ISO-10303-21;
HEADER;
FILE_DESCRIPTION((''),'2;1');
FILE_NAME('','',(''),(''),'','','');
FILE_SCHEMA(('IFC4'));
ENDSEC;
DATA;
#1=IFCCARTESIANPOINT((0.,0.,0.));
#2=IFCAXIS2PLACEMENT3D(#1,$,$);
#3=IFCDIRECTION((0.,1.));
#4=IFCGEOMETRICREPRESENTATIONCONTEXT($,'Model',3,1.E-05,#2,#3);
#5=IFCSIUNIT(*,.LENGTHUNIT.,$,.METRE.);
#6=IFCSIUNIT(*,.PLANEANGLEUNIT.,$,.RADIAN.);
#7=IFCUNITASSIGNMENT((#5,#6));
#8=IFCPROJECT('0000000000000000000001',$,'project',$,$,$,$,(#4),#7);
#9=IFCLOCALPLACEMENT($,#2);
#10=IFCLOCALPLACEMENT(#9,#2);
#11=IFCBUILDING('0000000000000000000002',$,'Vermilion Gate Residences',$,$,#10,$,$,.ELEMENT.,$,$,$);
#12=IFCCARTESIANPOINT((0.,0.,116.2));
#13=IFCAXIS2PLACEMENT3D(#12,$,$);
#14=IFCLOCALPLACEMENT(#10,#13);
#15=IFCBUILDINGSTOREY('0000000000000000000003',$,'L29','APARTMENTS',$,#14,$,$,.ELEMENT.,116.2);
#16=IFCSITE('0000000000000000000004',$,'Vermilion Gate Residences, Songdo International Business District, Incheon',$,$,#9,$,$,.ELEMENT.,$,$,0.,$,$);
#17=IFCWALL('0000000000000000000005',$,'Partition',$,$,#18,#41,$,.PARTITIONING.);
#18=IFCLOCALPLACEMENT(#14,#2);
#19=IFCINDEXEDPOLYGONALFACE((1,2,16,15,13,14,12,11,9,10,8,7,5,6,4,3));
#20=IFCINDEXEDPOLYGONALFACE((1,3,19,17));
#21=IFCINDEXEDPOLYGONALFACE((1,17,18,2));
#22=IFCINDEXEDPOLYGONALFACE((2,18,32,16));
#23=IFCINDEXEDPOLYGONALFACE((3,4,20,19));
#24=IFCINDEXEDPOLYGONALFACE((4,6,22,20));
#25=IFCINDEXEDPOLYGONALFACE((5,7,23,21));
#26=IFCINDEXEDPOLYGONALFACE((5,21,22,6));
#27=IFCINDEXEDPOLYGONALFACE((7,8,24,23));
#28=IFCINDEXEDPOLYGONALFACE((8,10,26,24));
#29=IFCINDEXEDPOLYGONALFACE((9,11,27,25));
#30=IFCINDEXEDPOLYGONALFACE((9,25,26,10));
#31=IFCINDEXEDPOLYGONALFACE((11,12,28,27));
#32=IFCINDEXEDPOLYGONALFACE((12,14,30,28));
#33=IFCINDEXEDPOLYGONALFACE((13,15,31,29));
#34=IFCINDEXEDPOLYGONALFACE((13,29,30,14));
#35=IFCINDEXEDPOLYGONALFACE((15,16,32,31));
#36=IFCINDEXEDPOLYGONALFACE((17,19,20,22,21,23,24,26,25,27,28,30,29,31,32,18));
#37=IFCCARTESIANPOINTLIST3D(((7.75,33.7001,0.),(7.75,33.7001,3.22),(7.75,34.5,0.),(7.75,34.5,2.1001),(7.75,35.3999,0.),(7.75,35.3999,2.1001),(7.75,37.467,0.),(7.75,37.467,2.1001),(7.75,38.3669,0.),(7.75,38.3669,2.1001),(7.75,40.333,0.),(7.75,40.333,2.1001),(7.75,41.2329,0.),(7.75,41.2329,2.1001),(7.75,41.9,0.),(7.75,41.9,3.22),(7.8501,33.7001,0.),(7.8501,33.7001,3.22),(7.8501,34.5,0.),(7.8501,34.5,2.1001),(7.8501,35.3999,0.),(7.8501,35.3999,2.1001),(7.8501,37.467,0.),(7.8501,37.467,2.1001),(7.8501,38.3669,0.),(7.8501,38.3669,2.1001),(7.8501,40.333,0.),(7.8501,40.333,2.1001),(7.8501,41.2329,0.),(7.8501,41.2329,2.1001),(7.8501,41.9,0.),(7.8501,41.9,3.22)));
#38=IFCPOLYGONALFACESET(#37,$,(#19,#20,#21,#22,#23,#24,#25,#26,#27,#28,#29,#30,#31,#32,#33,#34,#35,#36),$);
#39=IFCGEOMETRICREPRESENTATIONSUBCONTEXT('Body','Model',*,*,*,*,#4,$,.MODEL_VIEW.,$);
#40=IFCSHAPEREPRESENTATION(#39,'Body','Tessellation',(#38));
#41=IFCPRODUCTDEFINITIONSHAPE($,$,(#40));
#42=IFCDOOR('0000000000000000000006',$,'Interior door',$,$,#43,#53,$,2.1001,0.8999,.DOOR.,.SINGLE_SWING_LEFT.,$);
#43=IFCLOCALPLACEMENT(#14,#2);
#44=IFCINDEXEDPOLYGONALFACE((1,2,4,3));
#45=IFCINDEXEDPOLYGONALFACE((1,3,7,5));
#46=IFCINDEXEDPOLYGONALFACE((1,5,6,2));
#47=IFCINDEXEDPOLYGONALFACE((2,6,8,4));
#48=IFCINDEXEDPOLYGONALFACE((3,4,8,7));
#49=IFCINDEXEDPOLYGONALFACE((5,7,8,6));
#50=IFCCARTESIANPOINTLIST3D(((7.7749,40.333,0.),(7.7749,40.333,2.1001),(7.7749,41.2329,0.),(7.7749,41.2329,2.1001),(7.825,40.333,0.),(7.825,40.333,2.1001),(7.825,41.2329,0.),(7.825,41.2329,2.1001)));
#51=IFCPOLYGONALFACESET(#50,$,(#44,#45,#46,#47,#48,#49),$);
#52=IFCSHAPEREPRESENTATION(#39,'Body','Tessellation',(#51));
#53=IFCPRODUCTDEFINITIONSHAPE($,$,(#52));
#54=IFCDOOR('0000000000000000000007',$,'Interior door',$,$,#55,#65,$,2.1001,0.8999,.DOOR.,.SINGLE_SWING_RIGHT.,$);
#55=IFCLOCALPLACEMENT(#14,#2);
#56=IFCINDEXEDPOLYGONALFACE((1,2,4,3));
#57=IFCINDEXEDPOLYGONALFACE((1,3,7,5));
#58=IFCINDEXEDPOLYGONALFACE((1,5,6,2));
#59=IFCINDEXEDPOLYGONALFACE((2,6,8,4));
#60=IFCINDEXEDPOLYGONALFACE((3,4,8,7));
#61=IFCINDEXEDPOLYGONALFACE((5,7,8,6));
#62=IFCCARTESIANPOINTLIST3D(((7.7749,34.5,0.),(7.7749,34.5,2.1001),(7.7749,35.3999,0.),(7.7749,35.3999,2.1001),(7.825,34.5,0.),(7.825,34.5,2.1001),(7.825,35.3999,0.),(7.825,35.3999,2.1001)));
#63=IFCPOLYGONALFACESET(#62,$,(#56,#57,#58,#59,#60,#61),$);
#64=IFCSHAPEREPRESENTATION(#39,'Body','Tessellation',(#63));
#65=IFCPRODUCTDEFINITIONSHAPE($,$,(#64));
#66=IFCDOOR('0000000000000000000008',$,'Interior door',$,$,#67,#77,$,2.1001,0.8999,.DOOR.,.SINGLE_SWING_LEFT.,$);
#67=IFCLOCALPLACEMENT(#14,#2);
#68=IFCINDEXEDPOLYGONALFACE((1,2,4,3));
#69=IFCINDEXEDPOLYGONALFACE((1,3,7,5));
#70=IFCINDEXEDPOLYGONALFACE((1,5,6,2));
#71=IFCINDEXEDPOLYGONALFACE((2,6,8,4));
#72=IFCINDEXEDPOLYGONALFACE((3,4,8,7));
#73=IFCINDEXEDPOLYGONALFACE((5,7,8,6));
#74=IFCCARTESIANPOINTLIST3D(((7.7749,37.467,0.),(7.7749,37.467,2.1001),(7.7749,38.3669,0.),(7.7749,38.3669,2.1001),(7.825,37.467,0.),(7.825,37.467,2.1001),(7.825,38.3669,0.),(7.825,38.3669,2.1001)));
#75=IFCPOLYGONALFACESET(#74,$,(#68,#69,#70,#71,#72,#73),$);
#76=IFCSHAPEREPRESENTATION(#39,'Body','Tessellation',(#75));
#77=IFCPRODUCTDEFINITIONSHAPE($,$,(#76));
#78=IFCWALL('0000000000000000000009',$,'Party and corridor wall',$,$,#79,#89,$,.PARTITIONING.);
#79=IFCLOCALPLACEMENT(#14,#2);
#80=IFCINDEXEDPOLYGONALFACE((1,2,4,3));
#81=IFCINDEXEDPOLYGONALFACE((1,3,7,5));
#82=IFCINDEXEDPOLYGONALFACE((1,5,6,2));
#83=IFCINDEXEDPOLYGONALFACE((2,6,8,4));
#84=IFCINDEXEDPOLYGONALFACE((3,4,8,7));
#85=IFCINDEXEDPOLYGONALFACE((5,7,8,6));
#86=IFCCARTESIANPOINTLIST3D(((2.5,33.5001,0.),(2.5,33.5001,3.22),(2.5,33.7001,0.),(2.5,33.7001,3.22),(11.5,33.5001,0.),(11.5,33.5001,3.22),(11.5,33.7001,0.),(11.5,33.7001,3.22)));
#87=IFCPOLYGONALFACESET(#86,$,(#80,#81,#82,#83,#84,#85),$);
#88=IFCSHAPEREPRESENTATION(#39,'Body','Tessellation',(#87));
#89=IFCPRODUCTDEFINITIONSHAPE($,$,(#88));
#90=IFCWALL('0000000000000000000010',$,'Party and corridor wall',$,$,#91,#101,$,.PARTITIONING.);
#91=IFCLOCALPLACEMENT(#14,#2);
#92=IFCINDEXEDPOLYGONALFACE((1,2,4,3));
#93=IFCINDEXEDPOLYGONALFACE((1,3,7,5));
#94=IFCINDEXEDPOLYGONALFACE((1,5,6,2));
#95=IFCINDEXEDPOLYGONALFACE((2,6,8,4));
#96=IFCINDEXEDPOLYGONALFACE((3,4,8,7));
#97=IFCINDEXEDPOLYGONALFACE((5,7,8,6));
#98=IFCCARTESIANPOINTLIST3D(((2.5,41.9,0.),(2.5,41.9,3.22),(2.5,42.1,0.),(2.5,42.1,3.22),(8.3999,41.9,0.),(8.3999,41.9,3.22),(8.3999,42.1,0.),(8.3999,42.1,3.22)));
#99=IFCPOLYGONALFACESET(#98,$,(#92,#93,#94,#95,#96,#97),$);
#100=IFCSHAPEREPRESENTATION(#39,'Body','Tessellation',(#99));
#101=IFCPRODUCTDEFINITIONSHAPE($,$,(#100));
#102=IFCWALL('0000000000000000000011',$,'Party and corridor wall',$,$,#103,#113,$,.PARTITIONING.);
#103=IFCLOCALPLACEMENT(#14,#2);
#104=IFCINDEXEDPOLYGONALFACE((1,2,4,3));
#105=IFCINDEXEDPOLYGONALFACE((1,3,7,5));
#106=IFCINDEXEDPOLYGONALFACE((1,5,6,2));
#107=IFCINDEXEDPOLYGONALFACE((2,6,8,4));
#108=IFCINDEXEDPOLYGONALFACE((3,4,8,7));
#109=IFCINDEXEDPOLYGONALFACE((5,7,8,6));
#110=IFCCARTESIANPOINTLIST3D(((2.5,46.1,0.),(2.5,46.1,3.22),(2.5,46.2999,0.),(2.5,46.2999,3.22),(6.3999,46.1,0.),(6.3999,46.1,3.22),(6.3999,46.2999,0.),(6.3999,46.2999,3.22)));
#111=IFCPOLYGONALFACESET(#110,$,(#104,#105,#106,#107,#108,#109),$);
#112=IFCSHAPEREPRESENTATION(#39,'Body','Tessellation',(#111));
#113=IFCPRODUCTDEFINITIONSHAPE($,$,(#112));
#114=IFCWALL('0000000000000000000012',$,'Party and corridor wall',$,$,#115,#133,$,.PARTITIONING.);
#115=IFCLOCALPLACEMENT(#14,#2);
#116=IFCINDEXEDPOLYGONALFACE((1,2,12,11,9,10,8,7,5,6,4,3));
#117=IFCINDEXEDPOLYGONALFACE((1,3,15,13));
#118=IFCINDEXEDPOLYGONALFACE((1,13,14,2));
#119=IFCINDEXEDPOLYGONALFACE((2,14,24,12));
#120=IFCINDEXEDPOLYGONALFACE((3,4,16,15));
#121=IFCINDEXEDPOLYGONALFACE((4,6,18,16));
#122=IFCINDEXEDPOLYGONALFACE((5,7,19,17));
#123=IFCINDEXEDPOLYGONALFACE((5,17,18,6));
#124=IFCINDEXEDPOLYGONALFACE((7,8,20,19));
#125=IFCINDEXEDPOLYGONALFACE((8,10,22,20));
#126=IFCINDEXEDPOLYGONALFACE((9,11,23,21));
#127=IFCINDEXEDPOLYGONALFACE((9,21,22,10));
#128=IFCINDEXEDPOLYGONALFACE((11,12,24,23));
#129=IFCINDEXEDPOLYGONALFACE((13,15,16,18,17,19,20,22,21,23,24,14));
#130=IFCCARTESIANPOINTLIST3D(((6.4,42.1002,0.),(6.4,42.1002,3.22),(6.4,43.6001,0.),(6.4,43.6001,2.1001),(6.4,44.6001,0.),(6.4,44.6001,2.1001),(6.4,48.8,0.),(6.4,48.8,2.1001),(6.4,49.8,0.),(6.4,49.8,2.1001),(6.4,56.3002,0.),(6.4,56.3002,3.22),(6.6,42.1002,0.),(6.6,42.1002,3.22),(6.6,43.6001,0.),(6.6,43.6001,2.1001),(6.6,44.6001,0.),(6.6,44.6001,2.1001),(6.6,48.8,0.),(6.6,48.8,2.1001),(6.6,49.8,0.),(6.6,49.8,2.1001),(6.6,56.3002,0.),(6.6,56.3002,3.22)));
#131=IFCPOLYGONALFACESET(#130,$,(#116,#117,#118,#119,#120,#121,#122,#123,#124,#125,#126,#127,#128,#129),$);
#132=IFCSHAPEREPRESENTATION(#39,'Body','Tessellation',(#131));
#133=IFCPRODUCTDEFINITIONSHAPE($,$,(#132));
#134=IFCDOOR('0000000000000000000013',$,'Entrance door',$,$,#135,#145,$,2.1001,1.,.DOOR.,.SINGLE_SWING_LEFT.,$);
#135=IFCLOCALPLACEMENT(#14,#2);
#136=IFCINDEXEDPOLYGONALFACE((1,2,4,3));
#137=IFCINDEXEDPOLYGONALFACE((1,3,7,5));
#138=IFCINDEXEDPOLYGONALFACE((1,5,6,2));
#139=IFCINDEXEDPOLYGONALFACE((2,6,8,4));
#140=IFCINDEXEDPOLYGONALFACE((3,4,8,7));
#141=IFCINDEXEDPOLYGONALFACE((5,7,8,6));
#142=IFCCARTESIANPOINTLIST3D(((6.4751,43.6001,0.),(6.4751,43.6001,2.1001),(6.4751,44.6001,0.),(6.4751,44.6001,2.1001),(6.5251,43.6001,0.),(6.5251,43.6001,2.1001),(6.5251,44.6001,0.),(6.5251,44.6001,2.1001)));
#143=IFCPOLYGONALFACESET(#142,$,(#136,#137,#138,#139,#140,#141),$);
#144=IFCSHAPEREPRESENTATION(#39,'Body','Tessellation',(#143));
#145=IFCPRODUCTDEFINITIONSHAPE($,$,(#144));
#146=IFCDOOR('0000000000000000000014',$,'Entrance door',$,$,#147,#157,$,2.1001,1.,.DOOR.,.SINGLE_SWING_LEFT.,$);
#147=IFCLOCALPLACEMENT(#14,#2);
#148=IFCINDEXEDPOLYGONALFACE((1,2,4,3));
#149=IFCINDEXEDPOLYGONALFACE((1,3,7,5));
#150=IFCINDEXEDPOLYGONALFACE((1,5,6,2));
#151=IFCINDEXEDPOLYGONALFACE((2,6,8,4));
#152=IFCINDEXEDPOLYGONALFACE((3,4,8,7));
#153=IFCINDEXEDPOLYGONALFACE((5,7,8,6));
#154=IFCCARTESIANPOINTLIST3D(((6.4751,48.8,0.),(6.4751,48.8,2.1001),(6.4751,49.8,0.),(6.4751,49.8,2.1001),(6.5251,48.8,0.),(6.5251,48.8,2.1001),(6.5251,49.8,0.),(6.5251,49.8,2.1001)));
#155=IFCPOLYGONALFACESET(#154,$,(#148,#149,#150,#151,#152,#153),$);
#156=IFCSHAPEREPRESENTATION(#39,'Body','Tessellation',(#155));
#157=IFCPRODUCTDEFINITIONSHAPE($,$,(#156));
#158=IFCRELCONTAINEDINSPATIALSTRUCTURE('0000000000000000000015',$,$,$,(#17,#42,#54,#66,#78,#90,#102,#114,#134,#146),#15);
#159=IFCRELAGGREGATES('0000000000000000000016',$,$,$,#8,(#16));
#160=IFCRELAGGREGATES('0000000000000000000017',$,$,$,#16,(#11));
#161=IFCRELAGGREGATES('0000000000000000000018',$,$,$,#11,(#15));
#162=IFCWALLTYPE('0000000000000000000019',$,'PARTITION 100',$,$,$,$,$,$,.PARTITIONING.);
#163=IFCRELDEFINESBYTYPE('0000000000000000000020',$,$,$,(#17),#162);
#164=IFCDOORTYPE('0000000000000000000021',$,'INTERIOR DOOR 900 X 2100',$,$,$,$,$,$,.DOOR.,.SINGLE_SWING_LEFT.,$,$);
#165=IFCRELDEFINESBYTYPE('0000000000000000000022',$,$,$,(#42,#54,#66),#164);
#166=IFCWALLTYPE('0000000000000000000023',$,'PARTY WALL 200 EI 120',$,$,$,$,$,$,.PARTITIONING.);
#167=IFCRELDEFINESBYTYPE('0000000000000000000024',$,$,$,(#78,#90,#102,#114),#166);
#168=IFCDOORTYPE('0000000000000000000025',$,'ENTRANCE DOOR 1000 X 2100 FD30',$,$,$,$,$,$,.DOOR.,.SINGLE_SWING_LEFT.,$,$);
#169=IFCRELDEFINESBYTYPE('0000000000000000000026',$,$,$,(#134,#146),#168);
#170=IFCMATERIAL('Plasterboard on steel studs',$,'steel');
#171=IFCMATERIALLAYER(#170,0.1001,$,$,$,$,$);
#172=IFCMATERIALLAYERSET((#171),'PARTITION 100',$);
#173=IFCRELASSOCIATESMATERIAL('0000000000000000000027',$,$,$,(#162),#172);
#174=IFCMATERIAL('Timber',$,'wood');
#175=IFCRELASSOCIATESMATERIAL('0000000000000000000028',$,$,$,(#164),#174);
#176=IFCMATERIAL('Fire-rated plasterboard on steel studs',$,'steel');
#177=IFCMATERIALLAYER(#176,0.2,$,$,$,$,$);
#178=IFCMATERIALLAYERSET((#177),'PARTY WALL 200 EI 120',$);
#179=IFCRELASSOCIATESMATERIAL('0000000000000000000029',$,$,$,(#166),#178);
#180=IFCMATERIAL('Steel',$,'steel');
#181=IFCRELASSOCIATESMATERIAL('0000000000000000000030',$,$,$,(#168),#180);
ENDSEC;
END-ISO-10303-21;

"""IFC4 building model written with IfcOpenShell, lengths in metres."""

from ifc_helpers import new_model, si_unit, direction, frame, frame_2d, origin, place, context, subcontext, project, spatial, rectangle, extrude, material, layer, layer_set, type_object, element, fill, save


model = new_model("IFC4")

# Units and contexts
model_context = context("Model", 3, precision=1e-05, world=origin(), true_north=direction((0.0, 1.0)))
body_context = subcontext(model_context, "Body", "Model", "MODEL_VIEW")
ifc_project = project(units=[si_unit("LENGTHUNIT", "METRE"), si_unit("PLANEANGLEUNIT", "RADIAN")], contexts=[model_context])

# Site, building, storey
site_placement = place(None, origin())
site = spatial("IfcSite", under=ifc_project, at=site_placement, Name="Vermilion Gate Residences, Songdo International Business District, Incheon", CompositionType="ELEMENT", RefElevation=0.0)
building_placement = place(site_placement, origin())
building = spatial("IfcBuilding", under=site, at=building_placement, Name="Vermilion Gate Residences", CompositionType="ELEMENT")
storey_placement = place(building_placement, frame((0.0, 0.0, 116.2)))
storey = spatial("IfcBuildingStorey", under=building, at=storey_placement, Name="L29", Description="APARTMENTS", CompositionType="ELEMENT", Elevation=116.2)

# Shared definitions
ifc_material_1 = material(Name="Plasterboard on steel studs", Category="steel")
ifc_layer_1 = layer(ifc_material_1, 0.1001)
ifc_layer_set_1 = layer_set([ifc_layer_1], Name="PARTITION 100")
wall_type_1 = type_object("IfcWallType", Name="PARTITION 100", PredefinedType="PARTITIONING", material=ifc_layer_set_1)

# Wall, openings, doors
ifc_material_2 = material(Name="Timber", Category="wood")
door_type_1 = type_object("IfcDoorType", Name="INTERIOR DOOR 900 X 2100", OperationType="SINGLE_SWING_LEFT", PredefinedType="DOOR", material=ifc_material_2)
wall_1_placement = place(storey_placement, frame((7.8, 33.7, 0.0), z_axis=(0.0, 0.0, 1.0), x_axis=(0.0, 1.0, 0.0)))
wall_1 = element("IfcWall", 1, at=wall_1_placement, inside=storey, type_object=wall_type_1, Name="Partition", PredefinedType="PARTITIONING", context=body_context, shape_type="SweptSolid", body=[
    extrude(rectangle(XDim=8.2, YDim=0.1001, at=frame_2d((4.1001, 0.0))), origin(), (0.0, 0.0, 1.0), 3.22),
])
opening_1_placement = place(wall_1_placement, frame((6.6331, 0.0, 0.0)))
opening_1 = element("IfcOpeningElement", 2, at=opening_1_placement, cuts=wall_1, PredefinedType="OPENING", context=body_context, shape_type="SweptSolid", body=[
    extrude(rectangle(XDim=0.8999, YDim=2.1001, at=frame_2d((0.45, 1.05))), frame((0.0, 0.0601, 0.0), z_axis=(0.0, -1.0, 0.0), x_axis=(1.0, 0.0, 0.0)), (0.0, 0.0, 1.0), 0.1201),
])
opening_2_placement = place(wall_1_placement, frame((0.8, 0.0, 0.0)))
opening_2 = element("IfcOpeningElement", 3, at=opening_2_placement, cuts=wall_1, PredefinedType="OPENING", context=body_context, shape_type="SweptSolid", body=[
    extrude(rectangle(XDim=0.8999, YDim=2.1001, at=frame_2d((0.45, 1.05))), frame((0.0, 0.0601, 0.0), z_axis=(0.0, -1.0, 0.0), x_axis=(1.0, 0.0, 0.0)), (0.0, 0.0, 1.0), 0.1201),
])
opening_3_placement = place(wall_1_placement, frame((3.7671, 0.0, 0.0)))
opening_3 = element("IfcOpeningElement", 4, at=opening_3_placement, cuts=wall_1, PredefinedType="OPENING", context=body_context, shape_type="SweptSolid", body=[
    extrude(rectangle(XDim=0.8999, YDim=2.1001, at=frame_2d((0.45, 1.05))), frame((0.0, 0.0601, 0.0), z_axis=(0.0, -1.0, 0.0), x_axis=(1.0, 0.0, 0.0)), (0.0, 0.0, 1.0), 0.1201),
])
door_1_placement = place(opening_1_placement, frame((0.8999, 0.0, 0.0), z_axis=(0.0, 0.0, 1.0), x_axis=(-1.0, 0.0, 0.0)))
door_1 = element("IfcDoor", 5, at=door_1_placement, inside=storey, type_object=door_type_1, Name="Interior door", OperationType="SINGLE_SWING_LEFT", OverallHeight=2.1001, OverallWidth=0.8999, PredefinedType="DOOR", context=body_context, shape_type="SweptSolid", body=[
    extrude(rectangle(XDim=0.8999, YDim=2.1001, at=frame_2d((0.45, 1.05))), frame((0.0, 0.0249, 0.0), z_axis=(0.0, -1.0, 0.0), x_axis=(1.0, 0.0, 0.0)), (0.0, 0.0, 1.0), 0.05),
])
fill(opening_1, door_1)
door_2_placement = place(opening_2_placement, frame((0.8999, 0.0, 0.0), z_axis=(0.0, 0.0, 1.0), x_axis=(-1.0, 0.0, 0.0)))
door_2 = element("IfcDoor", 6, at=door_2_placement, inside=storey, type_object=door_type_1, Name="Interior door", OperationType="SINGLE_SWING_RIGHT", OverallHeight=2.1001, OverallWidth=0.8999, PredefinedType="DOOR", context=body_context, shape_type="SweptSolid", body=[
    extrude(rectangle(XDim=0.8999, YDim=2.1001, at=frame_2d((0.45, 1.05))), frame((0.0, 0.0249, 0.0), z_axis=(0.0, -1.0, 0.0), x_axis=(1.0, 0.0, 0.0)), (0.0, 0.0, 1.0), 0.05),
])
fill(opening_2, door_2)
door_3_placement = place(opening_3_placement, frame((0.8999, 0.0, 0.0), z_axis=(0.0, 0.0, 1.0), x_axis=(-1.0, 0.0, 0.0)))
door_3 = element("IfcDoor", 7, at=door_3_placement, inside=storey, type_object=door_type_1, Name="Interior door", OperationType="SINGLE_SWING_LEFT", OverallHeight=2.1001, OverallWidth=0.8999, PredefinedType="DOOR", context=body_context, shape_type="SweptSolid", body=[
    extrude(rectangle(XDim=0.8999, YDim=2.1001, at=frame_2d((0.45, 1.05))), frame((0.0, 0.0249, 0.0), z_axis=(0.0, -1.0, 0.0), x_axis=(1.0, 0.0, 0.0)), (0.0, 0.0, 1.0), 0.05),
])
fill(opening_3, door_3)

# Walls
ifc_material_3 = material(Name="Fire-rated plasterboard on steel studs", Category="steel")
ifc_layer_2 = layer(ifc_material_3, 0.2)
ifc_layer_set_2 = layer_set([ifc_layer_2], Name="PARTY WALL 200 EI 120")
wall_type_2 = type_object("IfcWallType", Name="PARTY WALL 200 EI 120", PredefinedType="PARTITIONING", material=ifc_layer_set_2)
wall_2_placement = place(storey_placement, frame((2.5, 33.6001, 0.0), z_axis=(0.0, 0.0, 1.0), x_axis=(1.0, 0.0, 0.0)))
element("IfcWall", 8, at=wall_2_placement, inside=storey, type_object=wall_type_2, Name="Party and corridor wall", PredefinedType="PARTITIONING", context=body_context, shape_type="SweptSolid", body=[
    extrude(rectangle(XDim=9.0, YDim=0.2, at=frame_2d((4.5, 0.0))), origin(), (0.0, 0.0, 1.0), 3.22),
])
wall_3_placement = place(storey_placement, frame((2.5, 42.0, 0.0), z_axis=(0.0, 0.0, 1.0), x_axis=(1.0, 0.0, 0.0)))
element("IfcWall", 9, at=wall_3_placement, inside=storey, type_object=wall_type_2, Name="Party and corridor wall", PredefinedType="PARTITIONING", context=body_context, shape_type="SweptSolid", body=[
    extrude(rectangle(XDim=5.8999, YDim=0.2, at=frame_2d((2.95, 0.0))), origin(), (0.0, 0.0, 1.0), 3.22),
])
wall_4_placement = place(storey_placement, frame((2.5, 46.2, 0.0), z_axis=(0.0, 0.0, 1.0), x_axis=(1.0, 0.0, 0.0)))
element("IfcWall", 10, at=wall_4_placement, inside=storey, type_object=wall_type_2, Name="Party and corridor wall", PredefinedType="PARTITIONING", context=body_context, shape_type="SweptSolid", body=[
    extrude(rectangle(XDim=3.8999, YDim=0.2, at=frame_2d((1.95, 0.0))), origin(), (0.0, 0.0, 1.0), 3.22),
])

# Wall, openings, doors
wall_5_placement = place(storey_placement, frame((6.5, 42.1001, 0.0), z_axis=(0.0, 0.0, 1.0), x_axis=(0.0, 1.0, 0.0)))
wall_5 = element("IfcWall", 11, at=wall_5_placement, inside=storey, type_object=wall_type_2, Name="Party and corridor wall", PredefinedType="PARTITIONING", context=body_context, shape_type="SweptSolid", body=[
    extrude(rectangle(XDim=14.2, YDim=0.2, at=frame_2d((7.1001, 0.0))), origin(), (0.0, 0.0, 1.0), 3.22),
])
opening_4_placement = place(wall_5_placement, frame((1.5, 0.0, 0.0)))
opening_4 = element("IfcOpeningElement", 12, at=opening_4_placement, cuts=wall_5, PredefinedType="OPENING", context=body_context, shape_type="SweptSolid", body=[
    extrude(rectangle(XDim=1.0, YDim=2.1001, at=frame_2d((0.5, 1.05))), frame((0.0, 0.1099, 0.0), z_axis=(0.0, -1.0, 0.0), x_axis=(1.0, 0.0, 0.0)), (0.0, 0.0, 1.0), 0.22),
])
opening_5_placement = place(wall_5_placement, frame((6.7, 0.0, 0.0)))
opening_5 = element("IfcOpeningElement", 13, at=opening_5_placement, cuts=wall_5, PredefinedType="OPENING", context=body_context, shape_type="SweptSolid", body=[
    extrude(rectangle(XDim=1.0, YDim=2.1001, at=frame_2d((0.5, 1.05))), frame((0.0, 0.1099, 0.0), z_axis=(0.0, -1.0, 0.0), x_axis=(1.0, 0.0, 0.0)), (0.0, 0.0, 1.0), 0.22),
])
ifc_material_4 = material(Name="Steel", Category="steel")
door_type_2 = type_object("IfcDoorType", Name="ENTRANCE DOOR 1000 X 2100 FD30", OperationType="SINGLE_SWING_LEFT", PredefinedType="DOOR", material=ifc_material_4)
door_4_placement = place(opening_4_placement, origin())
door_4 = element("IfcDoor", 14, at=door_4_placement, inside=storey, type_object=door_type_2, Name="Entrance door", OperationType="SINGLE_SWING_LEFT", OverallHeight=2.1001, OverallWidth=1.0, PredefinedType="DOOR", context=body_context, shape_type="SweptSolid", body=[
    extrude(rectangle(XDim=1.0, YDim=2.1001, at=frame_2d((0.5, 1.05))), frame((0.0, 0.0249, 0.0), z_axis=(0.0, -1.0, 0.0), x_axis=(1.0, 0.0, 0.0)), (0.0, 0.0, 1.0), 0.05),
])
fill(opening_4, door_4)
door_5_placement = place(opening_5_placement, origin())
door_5 = element("IfcDoor", 15, at=door_5_placement, inside=storey, type_object=door_type_2, Name="Entrance door", OperationType="SINGLE_SWING_LEFT", OverallHeight=2.1001, OverallWidth=1.0, PredefinedType="DOOR", context=body_context, shape_type="SweptSolid", body=[
    extrude(rectangle(XDim=1.0, YDim=2.1001, at=frame_2d((0.5, 1.05))), frame((0.0, 0.0249, 0.0), z_axis=(0.0, -1.0, 0.0), x_axis=(1.0, 0.0, 0.0)), (0.0, 0.0, 1.0), 0.05),
])
fill(opening_5, door_5)

save(model, "model.ifc")
